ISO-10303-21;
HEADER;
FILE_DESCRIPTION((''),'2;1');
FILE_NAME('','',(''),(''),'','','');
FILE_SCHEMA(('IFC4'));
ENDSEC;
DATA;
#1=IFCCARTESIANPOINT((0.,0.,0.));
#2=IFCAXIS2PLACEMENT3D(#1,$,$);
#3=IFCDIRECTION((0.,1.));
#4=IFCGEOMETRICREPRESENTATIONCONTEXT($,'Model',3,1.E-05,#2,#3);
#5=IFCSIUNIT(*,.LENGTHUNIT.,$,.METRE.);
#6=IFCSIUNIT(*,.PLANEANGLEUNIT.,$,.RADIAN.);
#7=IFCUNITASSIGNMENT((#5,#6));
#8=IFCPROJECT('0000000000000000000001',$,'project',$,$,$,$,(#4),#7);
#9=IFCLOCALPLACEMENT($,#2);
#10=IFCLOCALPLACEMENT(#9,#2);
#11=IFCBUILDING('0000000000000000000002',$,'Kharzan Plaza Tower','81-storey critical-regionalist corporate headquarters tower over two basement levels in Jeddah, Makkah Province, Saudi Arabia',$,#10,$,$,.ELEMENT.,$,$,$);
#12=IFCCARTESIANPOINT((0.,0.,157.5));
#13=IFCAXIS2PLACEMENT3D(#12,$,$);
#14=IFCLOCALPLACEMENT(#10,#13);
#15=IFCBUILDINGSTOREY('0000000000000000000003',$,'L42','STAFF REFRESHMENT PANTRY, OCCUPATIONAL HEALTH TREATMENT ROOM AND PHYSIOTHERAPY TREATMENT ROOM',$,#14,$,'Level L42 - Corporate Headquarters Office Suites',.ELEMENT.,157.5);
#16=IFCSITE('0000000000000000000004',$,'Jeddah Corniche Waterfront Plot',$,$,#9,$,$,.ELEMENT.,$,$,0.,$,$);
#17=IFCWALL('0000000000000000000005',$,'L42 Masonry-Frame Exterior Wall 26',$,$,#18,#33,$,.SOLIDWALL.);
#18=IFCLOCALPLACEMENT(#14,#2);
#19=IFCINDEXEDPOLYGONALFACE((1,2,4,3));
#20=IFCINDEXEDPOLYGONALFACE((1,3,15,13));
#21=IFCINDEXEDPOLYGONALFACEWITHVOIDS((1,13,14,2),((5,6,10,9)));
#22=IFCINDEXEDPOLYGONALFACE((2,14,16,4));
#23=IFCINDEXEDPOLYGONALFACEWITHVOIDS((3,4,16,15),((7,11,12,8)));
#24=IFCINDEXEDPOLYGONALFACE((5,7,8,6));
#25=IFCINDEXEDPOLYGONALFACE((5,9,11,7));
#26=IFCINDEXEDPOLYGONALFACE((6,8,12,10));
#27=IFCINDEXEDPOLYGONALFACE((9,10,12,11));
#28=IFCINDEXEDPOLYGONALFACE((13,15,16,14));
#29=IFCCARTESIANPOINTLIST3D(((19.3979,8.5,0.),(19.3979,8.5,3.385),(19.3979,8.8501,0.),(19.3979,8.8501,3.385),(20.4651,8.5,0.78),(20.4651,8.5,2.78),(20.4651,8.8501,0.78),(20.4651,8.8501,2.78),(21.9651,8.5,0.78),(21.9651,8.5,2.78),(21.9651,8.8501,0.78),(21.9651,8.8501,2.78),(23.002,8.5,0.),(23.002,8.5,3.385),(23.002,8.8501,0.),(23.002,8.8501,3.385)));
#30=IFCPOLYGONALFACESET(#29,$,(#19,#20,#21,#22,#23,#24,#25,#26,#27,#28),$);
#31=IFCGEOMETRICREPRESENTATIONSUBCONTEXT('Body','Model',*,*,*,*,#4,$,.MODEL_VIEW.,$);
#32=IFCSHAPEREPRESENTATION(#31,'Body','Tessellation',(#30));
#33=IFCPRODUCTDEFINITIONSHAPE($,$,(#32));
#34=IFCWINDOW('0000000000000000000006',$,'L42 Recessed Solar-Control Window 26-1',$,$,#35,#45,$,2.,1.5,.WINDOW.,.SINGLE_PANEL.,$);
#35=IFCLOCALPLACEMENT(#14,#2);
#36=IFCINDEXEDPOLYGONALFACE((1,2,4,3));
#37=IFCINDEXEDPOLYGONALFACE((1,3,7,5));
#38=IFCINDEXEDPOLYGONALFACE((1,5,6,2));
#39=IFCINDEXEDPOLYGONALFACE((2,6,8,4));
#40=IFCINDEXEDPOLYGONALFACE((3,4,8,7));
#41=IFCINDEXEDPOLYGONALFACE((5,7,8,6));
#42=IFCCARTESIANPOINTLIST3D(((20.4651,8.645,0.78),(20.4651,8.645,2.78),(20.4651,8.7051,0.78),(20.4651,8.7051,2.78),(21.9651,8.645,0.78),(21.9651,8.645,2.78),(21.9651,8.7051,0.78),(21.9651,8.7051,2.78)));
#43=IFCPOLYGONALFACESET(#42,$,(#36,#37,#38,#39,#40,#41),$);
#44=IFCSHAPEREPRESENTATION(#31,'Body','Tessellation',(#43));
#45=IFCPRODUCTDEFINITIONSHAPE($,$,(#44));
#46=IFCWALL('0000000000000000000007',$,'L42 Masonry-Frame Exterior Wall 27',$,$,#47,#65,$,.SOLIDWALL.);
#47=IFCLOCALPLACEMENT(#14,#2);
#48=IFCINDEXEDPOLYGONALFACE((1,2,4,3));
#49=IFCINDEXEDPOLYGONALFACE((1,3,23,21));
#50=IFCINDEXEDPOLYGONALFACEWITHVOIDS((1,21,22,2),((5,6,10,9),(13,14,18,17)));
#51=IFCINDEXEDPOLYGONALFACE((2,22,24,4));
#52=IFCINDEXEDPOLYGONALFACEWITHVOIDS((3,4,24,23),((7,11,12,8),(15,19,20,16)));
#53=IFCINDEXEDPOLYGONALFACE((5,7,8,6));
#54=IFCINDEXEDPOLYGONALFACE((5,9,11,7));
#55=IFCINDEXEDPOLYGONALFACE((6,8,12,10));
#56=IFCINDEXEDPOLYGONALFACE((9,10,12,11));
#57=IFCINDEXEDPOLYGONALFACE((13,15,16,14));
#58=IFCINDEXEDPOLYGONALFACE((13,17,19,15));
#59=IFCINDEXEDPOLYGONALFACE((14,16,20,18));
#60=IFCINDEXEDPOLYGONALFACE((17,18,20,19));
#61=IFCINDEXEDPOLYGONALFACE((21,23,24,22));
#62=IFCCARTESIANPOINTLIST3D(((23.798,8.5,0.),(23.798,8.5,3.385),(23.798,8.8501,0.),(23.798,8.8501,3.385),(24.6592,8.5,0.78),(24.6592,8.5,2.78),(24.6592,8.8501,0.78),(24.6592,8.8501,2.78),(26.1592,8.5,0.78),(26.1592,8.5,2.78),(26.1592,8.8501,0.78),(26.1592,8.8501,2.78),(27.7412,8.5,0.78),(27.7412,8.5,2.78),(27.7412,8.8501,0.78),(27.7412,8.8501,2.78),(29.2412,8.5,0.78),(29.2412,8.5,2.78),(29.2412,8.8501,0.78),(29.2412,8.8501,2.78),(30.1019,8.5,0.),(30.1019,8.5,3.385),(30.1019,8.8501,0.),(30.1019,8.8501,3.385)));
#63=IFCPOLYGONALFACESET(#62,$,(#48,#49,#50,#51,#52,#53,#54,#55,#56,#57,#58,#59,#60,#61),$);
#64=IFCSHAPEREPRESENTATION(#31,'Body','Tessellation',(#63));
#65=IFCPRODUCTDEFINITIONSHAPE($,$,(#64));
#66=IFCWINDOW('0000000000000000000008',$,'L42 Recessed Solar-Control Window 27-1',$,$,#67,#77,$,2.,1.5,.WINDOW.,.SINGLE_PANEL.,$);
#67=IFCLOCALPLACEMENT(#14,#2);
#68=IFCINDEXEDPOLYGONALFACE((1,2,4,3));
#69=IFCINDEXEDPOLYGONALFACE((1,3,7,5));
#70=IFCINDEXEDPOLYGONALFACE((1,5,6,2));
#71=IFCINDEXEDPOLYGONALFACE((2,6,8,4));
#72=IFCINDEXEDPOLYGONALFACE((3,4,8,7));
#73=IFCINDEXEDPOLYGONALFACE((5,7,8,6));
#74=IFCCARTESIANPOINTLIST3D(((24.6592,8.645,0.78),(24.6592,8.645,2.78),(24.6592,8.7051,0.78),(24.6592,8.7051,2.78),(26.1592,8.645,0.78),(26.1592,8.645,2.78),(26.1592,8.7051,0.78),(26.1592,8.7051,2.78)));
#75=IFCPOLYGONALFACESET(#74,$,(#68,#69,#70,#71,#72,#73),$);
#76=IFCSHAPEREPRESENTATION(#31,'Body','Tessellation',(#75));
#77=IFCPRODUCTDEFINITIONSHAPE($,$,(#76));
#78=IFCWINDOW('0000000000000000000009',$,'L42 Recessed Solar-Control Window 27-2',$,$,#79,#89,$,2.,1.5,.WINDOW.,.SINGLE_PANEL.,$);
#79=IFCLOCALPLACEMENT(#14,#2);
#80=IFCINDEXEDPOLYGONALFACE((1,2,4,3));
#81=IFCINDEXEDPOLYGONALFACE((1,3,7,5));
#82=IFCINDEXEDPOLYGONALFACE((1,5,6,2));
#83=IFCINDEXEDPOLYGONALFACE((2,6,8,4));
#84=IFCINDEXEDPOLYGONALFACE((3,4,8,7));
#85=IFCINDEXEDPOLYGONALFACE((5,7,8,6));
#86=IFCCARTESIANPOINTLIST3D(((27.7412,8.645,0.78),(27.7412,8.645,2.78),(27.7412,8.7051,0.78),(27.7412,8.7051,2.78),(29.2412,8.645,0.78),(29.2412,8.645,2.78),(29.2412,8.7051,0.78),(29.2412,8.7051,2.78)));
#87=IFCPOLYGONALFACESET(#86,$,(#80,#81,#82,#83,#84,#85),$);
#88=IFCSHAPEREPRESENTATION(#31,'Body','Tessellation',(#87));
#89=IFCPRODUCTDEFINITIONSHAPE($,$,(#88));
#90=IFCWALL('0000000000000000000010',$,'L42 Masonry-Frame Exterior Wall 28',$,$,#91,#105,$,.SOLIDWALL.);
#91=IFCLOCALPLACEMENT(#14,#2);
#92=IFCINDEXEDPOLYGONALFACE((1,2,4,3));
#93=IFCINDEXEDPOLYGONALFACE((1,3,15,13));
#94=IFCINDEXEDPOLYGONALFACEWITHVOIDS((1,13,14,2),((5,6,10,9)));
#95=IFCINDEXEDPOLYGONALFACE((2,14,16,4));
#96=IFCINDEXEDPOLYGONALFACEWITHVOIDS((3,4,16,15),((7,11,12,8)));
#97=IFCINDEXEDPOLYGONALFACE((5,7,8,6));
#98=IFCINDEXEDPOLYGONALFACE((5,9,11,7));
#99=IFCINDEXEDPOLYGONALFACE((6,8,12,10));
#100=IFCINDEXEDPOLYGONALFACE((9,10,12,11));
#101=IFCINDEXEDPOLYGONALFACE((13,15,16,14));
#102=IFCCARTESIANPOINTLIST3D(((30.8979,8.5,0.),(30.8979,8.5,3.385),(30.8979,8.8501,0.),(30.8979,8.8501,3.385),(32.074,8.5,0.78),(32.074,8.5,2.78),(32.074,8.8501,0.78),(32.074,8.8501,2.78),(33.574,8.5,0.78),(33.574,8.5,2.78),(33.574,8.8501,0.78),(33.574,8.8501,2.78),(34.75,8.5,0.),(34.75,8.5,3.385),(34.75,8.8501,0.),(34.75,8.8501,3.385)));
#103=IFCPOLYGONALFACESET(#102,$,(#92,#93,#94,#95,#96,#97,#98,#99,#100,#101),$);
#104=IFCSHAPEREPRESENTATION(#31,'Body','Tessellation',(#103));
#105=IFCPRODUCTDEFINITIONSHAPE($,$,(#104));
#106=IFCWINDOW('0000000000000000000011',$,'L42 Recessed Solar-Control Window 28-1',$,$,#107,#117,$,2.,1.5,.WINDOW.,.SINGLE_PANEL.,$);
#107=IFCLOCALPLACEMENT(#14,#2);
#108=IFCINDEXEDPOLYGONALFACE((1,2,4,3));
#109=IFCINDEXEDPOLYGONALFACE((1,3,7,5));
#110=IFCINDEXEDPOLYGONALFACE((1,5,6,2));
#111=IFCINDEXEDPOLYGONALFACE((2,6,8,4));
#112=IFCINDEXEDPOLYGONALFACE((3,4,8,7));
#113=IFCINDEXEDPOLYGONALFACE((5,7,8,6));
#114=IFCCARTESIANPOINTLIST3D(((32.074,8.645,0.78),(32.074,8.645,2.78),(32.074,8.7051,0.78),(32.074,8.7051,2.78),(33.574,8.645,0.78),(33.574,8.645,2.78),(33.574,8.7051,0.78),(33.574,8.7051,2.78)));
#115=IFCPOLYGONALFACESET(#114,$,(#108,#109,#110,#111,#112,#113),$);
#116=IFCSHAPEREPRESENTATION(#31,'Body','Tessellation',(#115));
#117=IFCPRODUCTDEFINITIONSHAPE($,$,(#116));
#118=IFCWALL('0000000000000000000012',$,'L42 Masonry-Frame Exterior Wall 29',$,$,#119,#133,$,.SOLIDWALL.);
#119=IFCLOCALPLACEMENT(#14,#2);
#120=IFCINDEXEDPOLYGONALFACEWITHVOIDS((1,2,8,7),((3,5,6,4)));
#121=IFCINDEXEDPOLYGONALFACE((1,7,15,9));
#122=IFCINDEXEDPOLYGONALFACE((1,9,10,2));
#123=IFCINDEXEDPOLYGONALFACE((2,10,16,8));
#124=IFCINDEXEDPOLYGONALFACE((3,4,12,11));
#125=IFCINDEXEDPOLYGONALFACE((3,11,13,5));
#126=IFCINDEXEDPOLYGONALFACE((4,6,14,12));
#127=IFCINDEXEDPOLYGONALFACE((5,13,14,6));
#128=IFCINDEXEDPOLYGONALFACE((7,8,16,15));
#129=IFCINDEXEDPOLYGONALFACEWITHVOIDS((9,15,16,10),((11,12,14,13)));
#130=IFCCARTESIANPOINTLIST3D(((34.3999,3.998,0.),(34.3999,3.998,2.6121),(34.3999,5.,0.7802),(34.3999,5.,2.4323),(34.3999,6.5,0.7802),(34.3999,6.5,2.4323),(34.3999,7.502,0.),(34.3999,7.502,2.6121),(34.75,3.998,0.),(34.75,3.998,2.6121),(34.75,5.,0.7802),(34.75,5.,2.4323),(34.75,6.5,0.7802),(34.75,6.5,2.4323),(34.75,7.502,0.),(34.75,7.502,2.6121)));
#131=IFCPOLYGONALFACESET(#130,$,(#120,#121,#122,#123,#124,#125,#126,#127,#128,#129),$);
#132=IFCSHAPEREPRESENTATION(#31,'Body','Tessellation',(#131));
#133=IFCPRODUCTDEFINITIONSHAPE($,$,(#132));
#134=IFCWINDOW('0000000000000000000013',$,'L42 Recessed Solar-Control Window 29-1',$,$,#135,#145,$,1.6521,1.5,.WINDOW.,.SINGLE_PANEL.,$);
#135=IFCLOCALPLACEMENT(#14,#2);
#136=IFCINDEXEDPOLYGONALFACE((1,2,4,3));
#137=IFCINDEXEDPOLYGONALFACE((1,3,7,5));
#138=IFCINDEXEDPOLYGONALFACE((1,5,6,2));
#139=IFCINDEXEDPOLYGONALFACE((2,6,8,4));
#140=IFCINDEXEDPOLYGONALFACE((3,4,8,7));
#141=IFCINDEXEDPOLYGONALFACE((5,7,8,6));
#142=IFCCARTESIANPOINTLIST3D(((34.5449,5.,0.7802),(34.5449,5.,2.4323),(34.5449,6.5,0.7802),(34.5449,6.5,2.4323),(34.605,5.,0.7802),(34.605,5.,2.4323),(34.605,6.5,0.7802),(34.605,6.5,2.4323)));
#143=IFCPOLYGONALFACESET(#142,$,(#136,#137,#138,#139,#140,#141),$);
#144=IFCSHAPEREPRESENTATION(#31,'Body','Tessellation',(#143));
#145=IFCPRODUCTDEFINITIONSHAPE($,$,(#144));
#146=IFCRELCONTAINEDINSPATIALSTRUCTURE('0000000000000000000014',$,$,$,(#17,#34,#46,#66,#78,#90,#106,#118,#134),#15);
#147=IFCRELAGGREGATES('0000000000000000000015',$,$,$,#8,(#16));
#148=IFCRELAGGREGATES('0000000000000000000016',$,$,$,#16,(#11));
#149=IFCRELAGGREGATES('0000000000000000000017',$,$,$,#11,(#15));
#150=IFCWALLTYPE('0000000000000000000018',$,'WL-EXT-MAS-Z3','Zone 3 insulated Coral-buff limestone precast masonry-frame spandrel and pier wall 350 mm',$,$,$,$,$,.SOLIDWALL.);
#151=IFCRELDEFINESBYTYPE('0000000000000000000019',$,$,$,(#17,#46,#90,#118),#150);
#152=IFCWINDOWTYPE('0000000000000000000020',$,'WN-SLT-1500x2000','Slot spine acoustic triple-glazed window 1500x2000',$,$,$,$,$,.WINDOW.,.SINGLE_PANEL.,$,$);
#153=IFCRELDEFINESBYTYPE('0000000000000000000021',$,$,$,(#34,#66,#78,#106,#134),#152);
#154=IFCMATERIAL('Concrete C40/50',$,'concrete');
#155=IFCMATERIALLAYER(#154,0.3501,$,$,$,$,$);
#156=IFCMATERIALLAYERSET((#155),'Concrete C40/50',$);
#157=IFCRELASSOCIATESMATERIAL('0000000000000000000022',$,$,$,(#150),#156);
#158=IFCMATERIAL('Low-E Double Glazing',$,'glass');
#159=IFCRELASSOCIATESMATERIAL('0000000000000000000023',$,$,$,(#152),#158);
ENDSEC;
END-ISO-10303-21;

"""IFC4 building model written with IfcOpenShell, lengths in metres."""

from ifc_helpers import new_model, si_unit, direction, frame, frame_2d, origin, place, context, subcontext, project, spatial, rectangle, extrude, source, transform, mapped, material, layer, layer_set, type_object, element, fill, save


model = new_model("IFC4")

# Units and contexts
model_context = context("Model", 3, precision=1e-05, world=origin(), true_north=direction((0.0, 1.0)))
body_context = subcontext(model_context, "Body", "Model", "MODEL_VIEW")
ifc_project = project(units=[si_unit("LENGTHUNIT", "METRE"), si_unit("PLANEANGLEUNIT", "RADIAN")], contexts=[model_context])

# Site, building, storey
site_placement = place(None, origin())
site = spatial("IfcSite", under=ifc_project, at=site_placement, Name="Jeddah Corniche Waterfront Plot", CompositionType="ELEMENT", RefElevation=0.0)
building_placement = place(site_placement, origin())
building = spatial("IfcBuilding", under=site, at=building_placement, Name="Kharzan Plaza Tower", Description="81-storey critical-regionalist corporate headquarters tower over two basement levels in Jeddah, Makkah Province, Saudi Arabia", CompositionType="ELEMENT")
storey_placement = place(building_placement, frame((0.0, 0.0, 157.5)))
storey = spatial("IfcBuildingStorey", under=building, at=storey_placement, Name="L42", Description="STAFF REFRESHMENT PANTRY, OCCUPATIONAL HEALTH TREATMENT ROOM AND PHYSIOTHERAPY TREATMENT ROOM", LongName="Level L42 - Corporate Headquarters Office Suites", CompositionType="ELEMENT", Elevation=157.5)

# Wall, opening, window
ifc_material_1 = material(Name="Concrete C40/50", Category="concrete")
ifc_layer_1 = layer(ifc_material_1, 0.3501)
ifc_layer_set_1 = layer_set([ifc_layer_1], Name="Concrete C40/50")
wall_type_1 = type_object("IfcWallType", Name="WL-EXT-MAS-Z3", Description="Zone 3 insulated Coral-buff limestone precast masonry-frame spandrel and pier wall 350 mm", PredefinedType="SOLIDWALL", material=ifc_layer_set_1)
wall_1_placement = place(storey_placement, frame((19.3979, 8.675, 0.0), z_axis=(0.0, 0.0, 1.0), x_axis=(1.0, 0.0, 0.0)))
wall_1 = element("IfcWall", 1, at=wall_1_placement, inside=storey, type_object=wall_type_1, Name="L42 Masonry-Frame Exterior Wall 26", PredefinedType="SOLIDWALL", context=body_context, shape_type="SweptSolid", body=[
    extrude(rectangle(XDim=3.604, YDim=0.3501, at=frame_2d((1.802, 0.0))), origin(), (0.0, 0.0, 1.0), 3.385),
])
opening_1_placement = place(wall_1_placement, frame((1.0671, 0.0, 0.78)))
opening_1 = element("IfcOpeningElement", 2, at=opening_1_placement, cuts=wall_1, PredefinedType="OPENING", context=body_context, shape_type="SweptSolid", body=[
    extrude(rectangle(XDim=1.5, YDim=2.0, at=frame_2d((0.75, 1.0))), frame((0.0, 0.1851, 0.0), z_axis=(0.0, -1.0, 0.0), x_axis=(1.0, 0.0, 0.0)), (0.0, 0.0, 1.0), 0.3701),
])
ifc_material_2 = material(Name="Low-E Double Glazing", Category="glass")
window_type = type_object("IfcWindowType", Name="WN-SLT-1500x2000", Description="Slot spine acoustic triple-glazed window 1500x2000", PartitioningType="SINGLE_PANEL", PredefinedType="WINDOW", material=ifc_material_2)
shared_shape_1 = source(origin(), body_context, "Body", "SweptSolid", [
    extrude(rectangle(XDim=1.5, YDim=2.0, at=frame_2d((0.75, 1.0))), frame((0.0, 0.03, 0.0), z_axis=(0.0, -1.0, 0.0), x_axis=(1.0, 0.0, 0.0)), (0.0, 0.0, 1.0), 0.0601),
])
window_1_placement = place(opening_1_placement, origin())
window_1 = element("IfcWindow", 3, at=window_1_placement, inside=storey, type_object=window_type, Name="L42 Recessed Solar-Control Window 26-1", OverallHeight=2.0, OverallWidth=1.5, PartitioningType="SINGLE_PANEL", PredefinedType="WINDOW", context=body_context, shape_type="MappedRepresentation", body=[
    mapped(shared_shape_1, transform((0.0, 0.0, 0.0), x_axis=(1.0, 0.0, 0.0), y_axis=(0.0, 1.0, 0.0), z_axis=(0.0, 0.0, 1.0))),
])
fill(opening_1, window_1)

# Wall, openings, windows
wall_2_placement = place(storey_placement, frame((23.7981, 8.675, 0.0), z_axis=(0.0, 0.0, 1.0), x_axis=(1.0, 0.0, 0.0)))
wall_2 = element("IfcWall", 4, at=wall_2_placement, inside=storey, type_object=wall_type_1, Name="L42 Masonry-Frame Exterior Wall 27", PredefinedType="SOLIDWALL", context=body_context, shape_type="SweptSolid", body=[
    extrude(rectangle(XDim=6.304, YDim=0.3501, at=frame_2d((3.1519, 0.0))), origin(), (0.0, 0.0, 1.0), 3.385),
])
opening_2_placement = place(wall_2_placement, frame((0.8611, 0.0, 0.78)))
opening_2 = element("IfcOpeningElement", 5, at=opening_2_placement, cuts=wall_2, PredefinedType="OPENING", context=body_context, shape_type="SweptSolid", body=[
    extrude(rectangle(XDim=1.5, YDim=2.0, at=frame_2d((0.75, 1.0))), frame((0.0, 0.1851, 0.0), z_axis=(0.0, -1.0, 0.0), x_axis=(1.0, 0.0, 0.0)), (0.0, 0.0, 1.0), 0.3701),
])
opening_3_placement = place(wall_2_placement, frame((3.9431, 0.0, 0.78)))
opening_3 = element("IfcOpeningElement", 6, at=opening_3_placement, cuts=wall_2, PredefinedType="OPENING", context=body_context, shape_type="SweptSolid", body=[
    extrude(rectangle(XDim=1.5, YDim=2.0, at=frame_2d((0.75, 1.0))), frame((0.0, 0.1851, 0.0), z_axis=(0.0, -1.0, 0.0), x_axis=(1.0, 0.0, 0.0)), (0.0, 0.0, 1.0), 0.3701),
])
window_2_placement = place(opening_2_placement, origin())
window_2 = element("IfcWindow", 7, at=window_2_placement, inside=storey, type_object=window_type, Name="L42 Recessed Solar-Control Window 27-1", OverallHeight=2.0, OverallWidth=1.5, PartitioningType="SINGLE_PANEL", PredefinedType="WINDOW", context=body_context, shape_type="MappedRepresentation", body=[
    mapped(shared_shape_1, transform((0.0, 0.0, 0.0), x_axis=(1.0, 0.0, 0.0), y_axis=(0.0, 1.0, 0.0), z_axis=(0.0, 0.0, 1.0))),
])
fill(opening_2, window_2)
window_3_placement = place(opening_3_placement, origin())
window_3 = element("IfcWindow", 8, at=window_3_placement, inside=storey, type_object=window_type, Name="L42 Recessed Solar-Control Window 27-2", OverallHeight=2.0, OverallWidth=1.5, PartitioningType="SINGLE_PANEL", PredefinedType="WINDOW", context=body_context, shape_type="MappedRepresentation", body=[
    mapped(shared_shape_1, transform((0.0, 0.0, 0.0), x_axis=(1.0, 0.0, 0.0), y_axis=(0.0, 1.0, 0.0), z_axis=(0.0, 0.0, 1.0))),
])
fill(opening_3, window_3)

# Walls, openings, windows
wall_3_placement = place(storey_placement, frame((30.8979, 8.675, 0.0), z_axis=(0.0, 0.0, 1.0), x_axis=(1.0, 0.0, 0.0)))
wall_3 = element("IfcWall", 9, at=wall_3_placement, inside=storey, type_object=wall_type_1, Name="L42 Masonry-Frame Exterior Wall 28", PredefinedType="SOLIDWALL", context=body_context, shape_type="SweptSolid", body=[
    extrude(rectangle(XDim=3.8521, YDim=0.3501, at=frame_2d((1.926, 0.0))), origin(), (0.0, 0.0, 1.0), 3.385),
])
opening_4_placement = place(wall_3_placement, frame((1.176, 0.0, 0.78)))
opening_4 = element("IfcOpeningElement", 10, at=opening_4_placement, cuts=wall_3, PredefinedType="OPENING", context=body_context, shape_type="SweptSolid", body=[
    extrude(rectangle(XDim=1.5, YDim=2.0, at=frame_2d((0.75, 1.0))), frame((0.0, 0.1851, 0.0), z_axis=(0.0, -1.0, 0.0), x_axis=(1.0, 0.0, 0.0)), (0.0, 0.0, 1.0), 0.3701),
])
window_4_placement = place(opening_4_placement, origin())
window_4 = element("IfcWindow", 11, at=window_4_placement, inside=storey, type_object=window_type, Name="L42 Recessed Solar-Control Window 28-1", OverallHeight=2.0, OverallWidth=1.5, PartitioningType="SINGLE_PANEL", PredefinedType="WINDOW", context=body_context, shape_type="MappedRepresentation", body=[
    mapped(shared_shape_1, transform((0.0, 0.0, 0.0), x_axis=(1.0, 0.0, 0.0), y_axis=(0.0, 1.0, 0.0), z_axis=(0.0, 0.0, 1.0))),
])
fill(opening_4, window_4)
wall_4_placement = place(storey_placement, frame((34.575, 7.502, 0.0), z_axis=(0.0, 0.0, 1.0), x_axis=(0.0, -1.0, 0.0)))
wall_4 = element("IfcWall", 12, at=wall_4_placement, inside=storey, type_object=wall_type_1, Name="L42 Masonry-Frame Exterior Wall 29", PredefinedType="SOLIDWALL", context=body_context, shape_type="SweptSolid", body=[
    extrude(rectangle(XDim=3.5039, YDim=0.3501, at=frame_2d((1.752, 0.0))), origin(), (0.0, 0.0, 1.0), 2.6121),
])
opening_5_placement = place(wall_4_placement, frame((1.002, 0.0, 0.78)))
opening_5 = element("IfcOpeningElement", 13, at=opening_5_placement, cuts=wall_4, PredefinedType="OPENING", context=body_context, shape_type="SweptSolid", body=[
    extrude(rectangle(XDim=1.5, YDim=1.6521, at=frame_2d((0.75, 0.8262))), frame((0.0, 0.1851, 0.0), z_axis=(0.0, -1.0, 0.0), x_axis=(1.0, 0.0, 0.0)), (0.0, 0.0, 1.0), 0.3701),
])
shared_shape_2 = source(origin(), body_context, "Body", "SweptSolid", [
    extrude(rectangle(XDim=1.5, YDim=1.6521, at=frame_2d((0.75, 0.8262))), frame((0.0, 0.03, 0.0), z_axis=(0.0, -1.0, 0.0), x_axis=(1.0, 0.0, 0.0)), (0.0, 0.0, 1.0), 0.0601),
])
window_5_placement = place(opening_5_placement, origin())
window_5 = element("IfcWindow", 14, at=window_5_placement, inside=storey, type_object=window_type, Name="L42 Recessed Solar-Control Window 29-1", OverallHeight=1.6521, OverallWidth=1.5, PartitioningType="SINGLE_PANEL", PredefinedType="WINDOW", context=body_context, shape_type="MappedRepresentation", body=[
    mapped(shared_shape_2, transform((0.0, 0.0, 0.0), x_axis=(1.0, 0.0, 0.0), y_axis=(0.0, 1.0, 0.0), z_axis=(0.0, 0.0, 1.0))),
])
fill(opening_5, window_5)

save(model, "model.ifc")
